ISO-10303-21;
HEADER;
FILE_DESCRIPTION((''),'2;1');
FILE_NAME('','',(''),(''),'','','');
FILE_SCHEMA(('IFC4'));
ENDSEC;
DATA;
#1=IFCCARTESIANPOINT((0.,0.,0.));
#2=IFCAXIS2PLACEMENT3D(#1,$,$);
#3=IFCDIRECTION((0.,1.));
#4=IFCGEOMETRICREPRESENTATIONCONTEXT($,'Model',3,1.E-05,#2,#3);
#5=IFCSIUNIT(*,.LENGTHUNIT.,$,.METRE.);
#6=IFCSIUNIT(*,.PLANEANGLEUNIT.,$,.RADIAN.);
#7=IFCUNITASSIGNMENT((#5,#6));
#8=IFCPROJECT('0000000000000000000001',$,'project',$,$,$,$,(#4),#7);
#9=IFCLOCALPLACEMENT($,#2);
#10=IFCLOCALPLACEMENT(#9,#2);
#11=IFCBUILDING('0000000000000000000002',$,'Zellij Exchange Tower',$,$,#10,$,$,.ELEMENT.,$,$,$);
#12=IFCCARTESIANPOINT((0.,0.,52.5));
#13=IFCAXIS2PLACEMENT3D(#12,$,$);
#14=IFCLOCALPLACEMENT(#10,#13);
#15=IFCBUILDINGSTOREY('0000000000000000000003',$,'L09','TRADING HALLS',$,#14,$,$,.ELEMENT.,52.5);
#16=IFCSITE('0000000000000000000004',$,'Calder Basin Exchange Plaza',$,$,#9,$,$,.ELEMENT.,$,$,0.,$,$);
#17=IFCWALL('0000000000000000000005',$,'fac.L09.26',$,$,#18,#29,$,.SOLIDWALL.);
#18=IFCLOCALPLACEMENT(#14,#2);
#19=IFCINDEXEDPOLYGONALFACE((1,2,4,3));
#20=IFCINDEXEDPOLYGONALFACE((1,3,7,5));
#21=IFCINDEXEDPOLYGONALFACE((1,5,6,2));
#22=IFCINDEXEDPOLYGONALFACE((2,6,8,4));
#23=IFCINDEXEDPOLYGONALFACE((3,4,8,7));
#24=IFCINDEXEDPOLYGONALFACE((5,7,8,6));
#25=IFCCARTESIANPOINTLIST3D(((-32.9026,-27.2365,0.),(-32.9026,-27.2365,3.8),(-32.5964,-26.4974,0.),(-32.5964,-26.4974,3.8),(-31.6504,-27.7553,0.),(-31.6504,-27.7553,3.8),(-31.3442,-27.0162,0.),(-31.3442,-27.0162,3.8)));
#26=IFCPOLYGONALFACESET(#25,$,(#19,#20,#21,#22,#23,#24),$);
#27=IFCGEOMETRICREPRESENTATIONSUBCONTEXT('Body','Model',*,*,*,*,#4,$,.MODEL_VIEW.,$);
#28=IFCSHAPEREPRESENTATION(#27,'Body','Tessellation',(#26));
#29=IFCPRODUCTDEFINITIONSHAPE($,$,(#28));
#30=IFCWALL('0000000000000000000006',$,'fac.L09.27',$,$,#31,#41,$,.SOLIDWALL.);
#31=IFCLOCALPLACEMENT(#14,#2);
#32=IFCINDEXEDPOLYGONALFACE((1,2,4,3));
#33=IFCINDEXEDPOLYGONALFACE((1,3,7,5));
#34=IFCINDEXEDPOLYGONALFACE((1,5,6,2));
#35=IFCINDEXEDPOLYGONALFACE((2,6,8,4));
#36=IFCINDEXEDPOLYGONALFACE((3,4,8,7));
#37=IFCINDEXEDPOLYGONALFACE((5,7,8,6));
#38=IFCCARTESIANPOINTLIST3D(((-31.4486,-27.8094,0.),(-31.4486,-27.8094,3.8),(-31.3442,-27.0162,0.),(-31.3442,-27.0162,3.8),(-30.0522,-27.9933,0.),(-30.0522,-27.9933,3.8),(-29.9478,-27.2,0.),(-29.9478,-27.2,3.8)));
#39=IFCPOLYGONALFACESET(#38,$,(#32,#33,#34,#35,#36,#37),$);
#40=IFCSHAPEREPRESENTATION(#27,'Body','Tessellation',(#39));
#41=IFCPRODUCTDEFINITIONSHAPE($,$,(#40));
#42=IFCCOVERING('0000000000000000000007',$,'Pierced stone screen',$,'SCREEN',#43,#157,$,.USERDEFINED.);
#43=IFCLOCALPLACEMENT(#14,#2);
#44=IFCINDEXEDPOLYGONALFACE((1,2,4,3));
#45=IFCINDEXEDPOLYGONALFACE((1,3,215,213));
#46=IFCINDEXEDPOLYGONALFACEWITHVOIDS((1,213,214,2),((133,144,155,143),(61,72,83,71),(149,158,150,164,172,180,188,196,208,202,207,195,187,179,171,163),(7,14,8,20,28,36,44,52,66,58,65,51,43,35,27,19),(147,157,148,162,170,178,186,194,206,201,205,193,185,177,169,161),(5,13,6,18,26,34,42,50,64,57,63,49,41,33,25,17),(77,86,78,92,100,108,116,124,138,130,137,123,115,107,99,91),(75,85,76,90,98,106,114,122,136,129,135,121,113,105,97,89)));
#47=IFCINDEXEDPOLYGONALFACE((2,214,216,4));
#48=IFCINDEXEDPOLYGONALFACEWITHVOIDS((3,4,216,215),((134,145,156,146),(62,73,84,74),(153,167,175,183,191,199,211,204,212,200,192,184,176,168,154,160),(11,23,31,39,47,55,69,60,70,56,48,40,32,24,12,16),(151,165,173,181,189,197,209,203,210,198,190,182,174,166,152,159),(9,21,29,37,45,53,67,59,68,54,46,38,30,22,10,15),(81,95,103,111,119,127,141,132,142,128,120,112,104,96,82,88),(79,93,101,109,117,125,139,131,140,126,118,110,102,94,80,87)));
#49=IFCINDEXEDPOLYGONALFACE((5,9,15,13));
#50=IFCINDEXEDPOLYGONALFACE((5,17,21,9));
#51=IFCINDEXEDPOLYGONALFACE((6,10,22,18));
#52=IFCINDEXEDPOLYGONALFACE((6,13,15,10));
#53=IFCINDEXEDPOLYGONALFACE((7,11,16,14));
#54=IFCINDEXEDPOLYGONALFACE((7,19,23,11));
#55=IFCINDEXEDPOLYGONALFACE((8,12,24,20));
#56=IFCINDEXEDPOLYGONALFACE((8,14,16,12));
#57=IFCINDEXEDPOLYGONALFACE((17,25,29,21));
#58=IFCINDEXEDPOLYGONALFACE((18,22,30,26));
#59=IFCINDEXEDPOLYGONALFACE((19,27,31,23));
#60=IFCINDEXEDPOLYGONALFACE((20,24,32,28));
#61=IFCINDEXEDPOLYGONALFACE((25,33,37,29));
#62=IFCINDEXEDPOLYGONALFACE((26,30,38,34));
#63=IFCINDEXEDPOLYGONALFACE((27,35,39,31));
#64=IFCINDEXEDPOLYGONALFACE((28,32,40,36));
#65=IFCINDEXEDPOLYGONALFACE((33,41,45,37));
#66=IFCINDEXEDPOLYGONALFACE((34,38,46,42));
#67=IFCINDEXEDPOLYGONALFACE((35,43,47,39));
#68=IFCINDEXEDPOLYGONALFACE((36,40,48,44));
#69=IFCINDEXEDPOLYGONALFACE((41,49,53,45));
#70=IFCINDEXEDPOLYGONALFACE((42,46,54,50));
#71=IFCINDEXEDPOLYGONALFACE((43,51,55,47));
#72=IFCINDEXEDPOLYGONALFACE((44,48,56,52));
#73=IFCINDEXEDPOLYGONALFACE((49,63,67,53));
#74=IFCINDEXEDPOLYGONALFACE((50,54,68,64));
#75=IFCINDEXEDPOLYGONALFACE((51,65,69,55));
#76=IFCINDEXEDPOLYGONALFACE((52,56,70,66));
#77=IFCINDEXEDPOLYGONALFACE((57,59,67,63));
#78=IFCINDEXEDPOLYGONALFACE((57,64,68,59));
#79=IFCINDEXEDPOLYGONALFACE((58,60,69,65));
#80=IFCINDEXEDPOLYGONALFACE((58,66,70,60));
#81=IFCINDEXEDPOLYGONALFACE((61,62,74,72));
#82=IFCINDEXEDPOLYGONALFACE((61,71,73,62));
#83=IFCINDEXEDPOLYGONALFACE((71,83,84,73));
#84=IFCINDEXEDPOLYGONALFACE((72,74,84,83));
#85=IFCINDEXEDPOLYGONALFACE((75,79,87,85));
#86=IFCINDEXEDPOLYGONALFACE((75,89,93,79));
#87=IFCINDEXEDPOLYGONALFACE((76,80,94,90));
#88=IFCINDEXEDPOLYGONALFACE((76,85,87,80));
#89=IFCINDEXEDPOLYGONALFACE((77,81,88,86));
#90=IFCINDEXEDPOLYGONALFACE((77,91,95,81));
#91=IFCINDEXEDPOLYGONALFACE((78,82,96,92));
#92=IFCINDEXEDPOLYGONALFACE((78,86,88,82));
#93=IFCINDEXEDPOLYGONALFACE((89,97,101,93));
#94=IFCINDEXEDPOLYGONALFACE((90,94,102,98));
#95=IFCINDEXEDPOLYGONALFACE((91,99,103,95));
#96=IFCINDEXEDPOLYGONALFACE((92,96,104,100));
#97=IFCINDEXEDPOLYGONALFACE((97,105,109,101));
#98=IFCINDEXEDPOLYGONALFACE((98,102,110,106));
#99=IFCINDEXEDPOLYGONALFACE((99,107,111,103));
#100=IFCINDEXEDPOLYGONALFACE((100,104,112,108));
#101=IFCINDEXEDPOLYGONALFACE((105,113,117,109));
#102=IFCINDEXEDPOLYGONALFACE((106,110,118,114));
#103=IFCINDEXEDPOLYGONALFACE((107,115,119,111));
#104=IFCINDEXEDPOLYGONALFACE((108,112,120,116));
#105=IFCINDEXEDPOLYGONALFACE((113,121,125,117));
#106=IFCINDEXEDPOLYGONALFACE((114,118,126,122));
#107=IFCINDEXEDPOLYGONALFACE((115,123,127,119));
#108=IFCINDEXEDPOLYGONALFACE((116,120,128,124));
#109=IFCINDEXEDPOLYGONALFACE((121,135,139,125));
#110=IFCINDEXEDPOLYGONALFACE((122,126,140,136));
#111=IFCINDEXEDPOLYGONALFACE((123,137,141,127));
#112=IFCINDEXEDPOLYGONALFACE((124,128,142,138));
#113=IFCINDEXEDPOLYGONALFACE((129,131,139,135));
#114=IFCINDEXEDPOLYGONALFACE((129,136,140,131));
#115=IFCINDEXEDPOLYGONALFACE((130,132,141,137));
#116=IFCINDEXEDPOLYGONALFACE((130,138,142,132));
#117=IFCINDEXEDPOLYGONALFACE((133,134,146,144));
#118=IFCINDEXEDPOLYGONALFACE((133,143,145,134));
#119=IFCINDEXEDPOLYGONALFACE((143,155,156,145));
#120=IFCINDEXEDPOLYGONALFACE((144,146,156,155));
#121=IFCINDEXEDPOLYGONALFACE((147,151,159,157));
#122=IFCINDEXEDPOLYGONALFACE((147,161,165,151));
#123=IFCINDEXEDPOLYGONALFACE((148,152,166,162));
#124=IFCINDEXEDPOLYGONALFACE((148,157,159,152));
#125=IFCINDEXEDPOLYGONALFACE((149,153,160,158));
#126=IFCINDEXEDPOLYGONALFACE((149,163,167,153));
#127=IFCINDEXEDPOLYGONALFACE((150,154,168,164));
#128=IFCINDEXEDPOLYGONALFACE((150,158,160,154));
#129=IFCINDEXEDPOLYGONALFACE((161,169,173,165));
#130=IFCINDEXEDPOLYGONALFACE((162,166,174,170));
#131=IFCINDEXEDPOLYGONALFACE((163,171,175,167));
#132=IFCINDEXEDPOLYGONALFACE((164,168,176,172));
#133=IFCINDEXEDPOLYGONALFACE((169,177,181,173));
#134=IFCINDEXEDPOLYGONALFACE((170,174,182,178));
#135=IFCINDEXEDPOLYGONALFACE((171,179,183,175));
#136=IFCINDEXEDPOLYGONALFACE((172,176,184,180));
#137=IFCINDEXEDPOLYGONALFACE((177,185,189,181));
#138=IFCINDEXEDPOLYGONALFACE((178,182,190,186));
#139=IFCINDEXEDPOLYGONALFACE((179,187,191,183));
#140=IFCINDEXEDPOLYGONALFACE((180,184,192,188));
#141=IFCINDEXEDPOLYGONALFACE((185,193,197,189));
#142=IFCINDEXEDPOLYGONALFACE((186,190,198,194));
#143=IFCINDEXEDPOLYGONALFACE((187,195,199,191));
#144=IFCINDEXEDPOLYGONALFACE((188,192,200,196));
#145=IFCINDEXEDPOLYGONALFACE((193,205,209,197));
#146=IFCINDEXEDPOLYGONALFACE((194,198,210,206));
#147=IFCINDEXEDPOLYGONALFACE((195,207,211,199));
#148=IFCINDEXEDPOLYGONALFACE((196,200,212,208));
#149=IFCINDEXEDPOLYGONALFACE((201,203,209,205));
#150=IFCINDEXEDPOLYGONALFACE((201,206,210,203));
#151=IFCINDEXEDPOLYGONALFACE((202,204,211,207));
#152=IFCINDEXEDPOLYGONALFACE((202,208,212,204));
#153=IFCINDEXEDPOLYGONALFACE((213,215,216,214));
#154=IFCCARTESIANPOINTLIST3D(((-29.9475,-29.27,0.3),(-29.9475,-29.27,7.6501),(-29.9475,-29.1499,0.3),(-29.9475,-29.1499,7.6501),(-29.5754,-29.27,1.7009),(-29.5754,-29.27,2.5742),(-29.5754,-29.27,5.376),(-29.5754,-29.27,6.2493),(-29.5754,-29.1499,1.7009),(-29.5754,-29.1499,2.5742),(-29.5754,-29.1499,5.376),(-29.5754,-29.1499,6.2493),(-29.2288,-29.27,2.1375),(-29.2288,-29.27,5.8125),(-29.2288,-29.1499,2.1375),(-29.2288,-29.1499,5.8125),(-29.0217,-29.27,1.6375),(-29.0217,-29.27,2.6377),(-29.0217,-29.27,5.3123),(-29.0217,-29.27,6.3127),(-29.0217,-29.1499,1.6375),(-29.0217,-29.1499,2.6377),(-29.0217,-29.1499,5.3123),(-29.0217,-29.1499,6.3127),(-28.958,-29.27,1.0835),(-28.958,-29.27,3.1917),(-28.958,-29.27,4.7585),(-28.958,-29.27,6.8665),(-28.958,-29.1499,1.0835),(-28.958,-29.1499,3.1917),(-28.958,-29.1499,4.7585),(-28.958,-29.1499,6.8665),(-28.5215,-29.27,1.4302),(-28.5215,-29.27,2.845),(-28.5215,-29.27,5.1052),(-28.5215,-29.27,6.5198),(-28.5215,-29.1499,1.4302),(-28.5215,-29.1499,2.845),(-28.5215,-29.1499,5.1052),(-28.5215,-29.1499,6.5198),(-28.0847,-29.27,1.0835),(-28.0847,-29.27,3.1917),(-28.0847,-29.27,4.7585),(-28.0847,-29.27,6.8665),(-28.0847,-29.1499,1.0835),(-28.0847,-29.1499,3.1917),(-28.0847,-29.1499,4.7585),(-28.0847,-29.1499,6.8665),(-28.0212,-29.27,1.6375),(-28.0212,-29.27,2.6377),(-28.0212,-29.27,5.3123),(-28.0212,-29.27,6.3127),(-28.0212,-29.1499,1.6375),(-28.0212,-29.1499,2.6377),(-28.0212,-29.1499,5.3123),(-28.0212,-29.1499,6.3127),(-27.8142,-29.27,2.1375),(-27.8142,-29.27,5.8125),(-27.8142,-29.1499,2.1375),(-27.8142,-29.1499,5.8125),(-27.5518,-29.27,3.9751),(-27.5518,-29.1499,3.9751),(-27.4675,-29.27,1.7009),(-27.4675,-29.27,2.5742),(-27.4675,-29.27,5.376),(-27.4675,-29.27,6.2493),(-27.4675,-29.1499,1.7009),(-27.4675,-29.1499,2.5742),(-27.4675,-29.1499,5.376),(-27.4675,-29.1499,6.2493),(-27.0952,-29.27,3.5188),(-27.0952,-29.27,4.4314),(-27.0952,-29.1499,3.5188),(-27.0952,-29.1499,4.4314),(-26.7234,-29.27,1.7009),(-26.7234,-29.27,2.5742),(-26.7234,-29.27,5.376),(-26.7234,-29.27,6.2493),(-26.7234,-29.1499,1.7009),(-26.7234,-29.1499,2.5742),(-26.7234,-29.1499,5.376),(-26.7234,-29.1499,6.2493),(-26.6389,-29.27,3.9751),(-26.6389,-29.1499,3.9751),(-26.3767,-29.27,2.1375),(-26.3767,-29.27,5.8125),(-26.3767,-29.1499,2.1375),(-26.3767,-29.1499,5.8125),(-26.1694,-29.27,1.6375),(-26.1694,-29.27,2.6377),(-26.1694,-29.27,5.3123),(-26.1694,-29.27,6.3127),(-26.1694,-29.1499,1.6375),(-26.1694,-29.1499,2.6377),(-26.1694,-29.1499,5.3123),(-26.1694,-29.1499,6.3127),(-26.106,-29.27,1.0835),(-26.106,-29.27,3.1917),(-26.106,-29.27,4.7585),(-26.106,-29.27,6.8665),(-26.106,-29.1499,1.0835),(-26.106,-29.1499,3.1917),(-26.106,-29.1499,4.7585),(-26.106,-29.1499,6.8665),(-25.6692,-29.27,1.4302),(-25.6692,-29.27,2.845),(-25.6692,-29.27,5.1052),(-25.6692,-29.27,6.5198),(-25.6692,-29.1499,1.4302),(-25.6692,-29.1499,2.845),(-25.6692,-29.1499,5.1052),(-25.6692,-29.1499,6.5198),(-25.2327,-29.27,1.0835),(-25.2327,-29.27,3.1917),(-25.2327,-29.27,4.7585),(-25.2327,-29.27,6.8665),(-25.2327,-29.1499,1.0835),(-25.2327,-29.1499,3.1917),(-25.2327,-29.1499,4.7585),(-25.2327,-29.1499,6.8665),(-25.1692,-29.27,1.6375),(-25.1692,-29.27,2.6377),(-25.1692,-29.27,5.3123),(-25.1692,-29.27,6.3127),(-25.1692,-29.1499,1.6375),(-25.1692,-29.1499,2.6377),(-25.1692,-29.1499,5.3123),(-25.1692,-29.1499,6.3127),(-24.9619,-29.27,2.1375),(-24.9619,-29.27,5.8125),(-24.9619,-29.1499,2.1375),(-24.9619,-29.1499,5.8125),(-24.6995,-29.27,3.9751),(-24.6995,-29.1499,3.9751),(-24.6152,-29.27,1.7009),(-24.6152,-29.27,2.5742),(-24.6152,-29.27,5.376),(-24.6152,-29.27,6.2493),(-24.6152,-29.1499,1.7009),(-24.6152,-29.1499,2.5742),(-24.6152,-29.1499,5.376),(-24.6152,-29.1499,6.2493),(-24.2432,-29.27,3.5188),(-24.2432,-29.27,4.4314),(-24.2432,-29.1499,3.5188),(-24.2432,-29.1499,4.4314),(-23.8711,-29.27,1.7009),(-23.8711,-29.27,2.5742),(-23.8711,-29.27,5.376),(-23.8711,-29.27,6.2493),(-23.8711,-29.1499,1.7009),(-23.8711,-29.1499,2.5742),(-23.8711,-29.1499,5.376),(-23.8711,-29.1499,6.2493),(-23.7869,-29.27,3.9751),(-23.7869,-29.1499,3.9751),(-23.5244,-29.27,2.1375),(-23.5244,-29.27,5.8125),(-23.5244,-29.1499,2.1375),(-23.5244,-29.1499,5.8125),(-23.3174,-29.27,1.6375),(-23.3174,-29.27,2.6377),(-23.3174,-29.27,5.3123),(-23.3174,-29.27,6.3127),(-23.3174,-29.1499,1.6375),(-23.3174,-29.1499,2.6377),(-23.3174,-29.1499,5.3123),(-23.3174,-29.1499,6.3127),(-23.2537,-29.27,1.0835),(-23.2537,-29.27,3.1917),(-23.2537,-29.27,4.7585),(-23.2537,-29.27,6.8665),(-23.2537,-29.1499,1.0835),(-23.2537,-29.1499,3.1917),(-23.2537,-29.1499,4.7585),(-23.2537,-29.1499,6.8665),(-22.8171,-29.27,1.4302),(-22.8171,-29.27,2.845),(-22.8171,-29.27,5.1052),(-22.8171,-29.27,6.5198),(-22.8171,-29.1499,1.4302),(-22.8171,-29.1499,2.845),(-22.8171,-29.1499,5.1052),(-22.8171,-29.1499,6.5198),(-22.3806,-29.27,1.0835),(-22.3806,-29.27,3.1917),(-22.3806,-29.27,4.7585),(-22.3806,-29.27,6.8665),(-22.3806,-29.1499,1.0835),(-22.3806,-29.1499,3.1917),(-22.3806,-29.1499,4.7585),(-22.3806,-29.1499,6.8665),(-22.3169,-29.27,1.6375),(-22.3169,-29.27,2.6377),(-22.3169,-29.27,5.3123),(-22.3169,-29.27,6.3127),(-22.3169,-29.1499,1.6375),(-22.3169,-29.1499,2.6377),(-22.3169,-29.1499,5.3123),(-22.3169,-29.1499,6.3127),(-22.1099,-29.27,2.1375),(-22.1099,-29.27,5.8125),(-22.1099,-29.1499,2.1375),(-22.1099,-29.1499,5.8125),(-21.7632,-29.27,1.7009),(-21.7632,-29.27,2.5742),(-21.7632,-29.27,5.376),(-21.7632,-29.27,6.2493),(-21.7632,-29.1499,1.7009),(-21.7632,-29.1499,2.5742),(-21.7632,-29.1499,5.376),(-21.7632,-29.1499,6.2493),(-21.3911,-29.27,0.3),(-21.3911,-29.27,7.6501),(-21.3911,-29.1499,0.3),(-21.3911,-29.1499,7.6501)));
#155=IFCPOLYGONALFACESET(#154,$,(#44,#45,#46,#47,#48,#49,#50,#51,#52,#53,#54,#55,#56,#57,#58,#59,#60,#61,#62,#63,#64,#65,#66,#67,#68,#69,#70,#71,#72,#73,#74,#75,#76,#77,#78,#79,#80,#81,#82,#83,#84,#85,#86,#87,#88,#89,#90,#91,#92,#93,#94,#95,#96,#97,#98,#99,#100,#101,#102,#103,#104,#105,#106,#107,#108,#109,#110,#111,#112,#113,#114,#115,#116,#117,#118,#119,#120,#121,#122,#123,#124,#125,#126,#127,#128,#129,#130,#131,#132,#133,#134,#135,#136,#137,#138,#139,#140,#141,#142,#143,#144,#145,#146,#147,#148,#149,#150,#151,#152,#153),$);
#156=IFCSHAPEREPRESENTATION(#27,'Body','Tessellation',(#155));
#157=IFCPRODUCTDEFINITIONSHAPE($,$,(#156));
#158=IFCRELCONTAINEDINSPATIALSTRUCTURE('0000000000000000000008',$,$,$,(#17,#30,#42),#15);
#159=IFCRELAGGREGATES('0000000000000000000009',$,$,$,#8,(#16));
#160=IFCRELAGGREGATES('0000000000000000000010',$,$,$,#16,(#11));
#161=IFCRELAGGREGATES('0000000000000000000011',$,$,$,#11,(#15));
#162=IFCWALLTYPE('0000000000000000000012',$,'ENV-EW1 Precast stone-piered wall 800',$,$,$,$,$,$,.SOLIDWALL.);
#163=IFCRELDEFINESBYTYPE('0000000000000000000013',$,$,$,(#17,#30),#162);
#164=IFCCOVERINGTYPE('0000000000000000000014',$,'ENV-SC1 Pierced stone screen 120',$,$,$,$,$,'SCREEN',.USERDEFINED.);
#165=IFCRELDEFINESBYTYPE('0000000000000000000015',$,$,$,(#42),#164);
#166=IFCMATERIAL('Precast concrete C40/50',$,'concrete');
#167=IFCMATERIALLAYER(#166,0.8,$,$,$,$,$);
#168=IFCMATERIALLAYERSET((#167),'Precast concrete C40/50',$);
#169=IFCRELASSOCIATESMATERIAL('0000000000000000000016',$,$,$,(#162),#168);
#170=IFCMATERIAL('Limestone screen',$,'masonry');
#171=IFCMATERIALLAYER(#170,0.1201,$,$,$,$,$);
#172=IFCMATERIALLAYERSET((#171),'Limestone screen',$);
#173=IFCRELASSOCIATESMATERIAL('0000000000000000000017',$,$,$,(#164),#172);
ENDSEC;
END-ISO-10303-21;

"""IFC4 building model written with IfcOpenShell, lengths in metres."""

from ifc_helpers import new_model, si_unit, direction, frame, frame_2d, origin, place, context, subcontext, project, spatial, polyline, rectangle, outline, extrude, material, layer, layer_set, type_object, element, save


model = new_model("IFC4")

# Units and contexts
model_context = context("Model", 3, precision=1e-05, world=origin(), true_north=direction((0.0, 1.0)))
body_context = subcontext(model_context, "Body", "Model", "MODEL_VIEW")
ifc_project = project(units=[si_unit("LENGTHUNIT", "METRE"), si_unit("PLANEANGLEUNIT", "RADIAN")], contexts=[model_context])

# Site, building, storey
site_placement = place(None, origin())
site = spatial("IfcSite", under=ifc_project, at=site_placement, Name="Calder Basin Exchange Plaza", CompositionType="ELEMENT", RefElevation=0.0)
building_placement = place(site_placement, origin())
building = spatial("IfcBuilding", under=site, at=building_placement, Name="Zellij Exchange Tower", CompositionType="ELEMENT")
storey_placement = place(building_placement, frame((0.0, 0.0, 52.5)))
storey = spatial("IfcBuildingStorey", under=building, at=storey_placement, Name="L09", Description="TRADING HALLS", CompositionType="ELEMENT", Elevation=52.5)

# Walls
ifc_material_1 = material(Name="Precast concrete C40/50", Category="concrete")
ifc_layer_1 = layer(ifc_material_1, 0.8)
ifc_layer_set_1 = layer_set([ifc_layer_1], Name="Precast concrete C40/50")
wall_type = type_object("IfcWallType", Name="ENV-EW1 Precast stone-piered wall 800", PredefinedType="SOLIDWALL", material=ifc_layer_set_1)
wall_1_placement = place(storey_placement, frame((-32.7495, -26.8669, 0.0), z_axis=(0.0, 0.0, 1.0), x_axis=(0.923848, -0.38276, 0.0)))
element("IfcWall", 1, at=wall_1_placement, inside=storey, type_object=wall_type, Name="fac.L09.26", PredefinedType="SOLIDWALL", context=body_context, shape_type="SweptSolid", body=[
    extrude(rectangle(XDim=1.3555, YDim=0.8, at=frame_2d((0.6777, 0.0))), origin(), (0.0, 0.0, 1.0), 3.8),
])
wall_2_placement = place(storey_placement, frame((-31.3962, -27.4128, 0.0), z_axis=(0.0, 0.0, 1.0), x_axis=(0.991446, -0.130517, 0.0)))
element("IfcWall", 2, at=wall_2_placement, inside=storey, type_object=wall_type, Name="fac.L09.27", PredefinedType="SOLIDWALL", context=body_context, shape_type="SweptSolid", body=[
    extrude(rectangle(XDim=1.4084, YDim=0.8, at=frame_2d((0.7041, 0.0))), origin(), (0.0, 0.0, 1.0), 3.8),
])

# Covering
ifc_material_2 = material(Name="Limestone screen", Category="masonry")
ifc_layer_2 = layer(ifc_material_2, 0.1201)
ifc_layer_set_2 = layer_set([ifc_layer_2], Name="Limestone screen")
covering_type = type_object("IfcCoveringType", Name="ENV-SC1 Pierced stone screen 120", ElementType="SCREEN", PredefinedType="USERDEFINED", material=ifc_layer_set_2)
covering_1_placement = place(storey_placement, frame((-29.9475, -29.21, 0.3), z_axis=(0.0, 0.0, 1.0), x_axis=(1.0, 0.0, 0.0)))
element("IfcCovering", 3, at=covering_1_placement, inside=storey, type_object=covering_type, Name="Pierced stone screen", ObjectType="SCREEN", PredefinedType="USERDEFINED", context=body_context, shape_type="SweptSolid", body=[
    extrude(outline(polyline([(0.0, 0.0), (8.5564, 0.0), (8.5564, 7.3501), (0.0, 7.3501), (0.0, 0.0)]), holes=[polyline([(2.48, 2.2742), (1.9263, 2.3376), (1.8628, 2.8916), (1.426, 2.5449), (0.9895, 2.8916), (0.9258, 2.3376), (0.3721, 2.2742), (0.7188, 1.8374), (0.3721, 1.4009), (0.9258, 1.3374), (0.9895, 0.7834), (1.426, 1.1301), (1.8628, 0.7834), (1.9263, 1.3374), (2.48, 1.4009), (2.1333, 1.8374), (2.48, 2.2742)]), polyline([(2.48, 5.9492), (1.9263, 6.0127), (1.8628, 6.5664), (1.426, 6.2197), (0.9895, 6.5664), (0.9258, 6.0127), (0.3721, 5.9492), (0.7188, 5.5125), (0.3721, 5.0759), (0.9258, 5.0122), (0.9895, 4.4585), (1.426, 4.8052), (1.8628, 4.4585), (1.9263, 5.0122), (2.48, 5.0759), (2.1333, 5.5125), (2.48, 5.9492)]), polyline([(5.3323, 2.2742), (4.7783, 2.3376), (4.7148, 2.8916), (4.2783, 2.5449), (3.8416, 2.8916), (3.7781, 2.3376), (3.2241, 2.2742), (3.5708, 1.8374), (3.2241, 1.4009), (3.7781, 1.3374), (3.8416, 0.7834), (4.2783, 1.1301), (4.7148, 0.7834), (4.7783, 1.3374), (5.3323, 1.4009), (4.9856, 1.8374), (5.3323, 2.2742)]), polyline([(5.3323, 5.9492), (4.7783, 6.0127), (4.7148, 6.5664), (4.2783, 6.2197), (3.8416, 6.5664), (3.7781, 6.0127), (3.2241, 5.9492), (3.5708, 5.5125), (3.2241, 5.0759), (3.7781, 5.0122), (3.8416, 4.4585), (4.2783, 4.8052), (4.7148, 4.4585), (4.7783, 5.0122), (5.3323, 5.0759), (4.9856, 5.5125), (5.3323, 5.9492)]), polyline([(8.1843, 2.2742), (7.6306, 2.3376), (7.5669, 2.8916), (7.1304, 2.5449), (6.6938, 2.8916), (6.6301, 2.3376), (6.0764, 2.2742), (6.4231, 1.8374), (6.0764, 1.4009), (6.6301, 1.3374), (6.6938, 0.7834), (7.1304, 1.1301), (7.5669, 0.7834), (7.6306, 1.3374), (8.1843, 1.4009), (7.8376, 1.8374), (8.1843, 2.2742)]), polyline([(8.1843, 5.9492), (7.6306, 6.0127), (7.5669, 6.5664), (7.1304, 6.2197), (6.6938, 6.5664), (6.6301, 6.0127), (6.0764, 5.9492), (6.4231, 5.5125), (6.0764, 5.0759), (6.6301, 5.0122), (6.6938, 4.4585), (7.1304, 4.8052), (7.5669, 4.4585), (7.6306, 5.0122), (8.1843, 5.0759), (7.8376, 5.5125), (8.1843, 5.9492)]), polyline([(3.3086, 3.675), (2.8523, 4.1313), (2.3958, 3.675), (2.8523, 3.2188), (3.3086, 3.675)]), polyline([(6.1606, 3.675), (5.7043, 4.1313), (5.248, 3.675), (5.7043, 3.2188), (6.1606, 3.675)])]), frame((0.0, 0.0601, 0.0), z_axis=(0.0, -1.0, 0.0), x_axis=(1.0, 0.0, 0.0)), (0.0, 0.0, 1.0), 0.1201),
])

save(model, "model.ifc")
